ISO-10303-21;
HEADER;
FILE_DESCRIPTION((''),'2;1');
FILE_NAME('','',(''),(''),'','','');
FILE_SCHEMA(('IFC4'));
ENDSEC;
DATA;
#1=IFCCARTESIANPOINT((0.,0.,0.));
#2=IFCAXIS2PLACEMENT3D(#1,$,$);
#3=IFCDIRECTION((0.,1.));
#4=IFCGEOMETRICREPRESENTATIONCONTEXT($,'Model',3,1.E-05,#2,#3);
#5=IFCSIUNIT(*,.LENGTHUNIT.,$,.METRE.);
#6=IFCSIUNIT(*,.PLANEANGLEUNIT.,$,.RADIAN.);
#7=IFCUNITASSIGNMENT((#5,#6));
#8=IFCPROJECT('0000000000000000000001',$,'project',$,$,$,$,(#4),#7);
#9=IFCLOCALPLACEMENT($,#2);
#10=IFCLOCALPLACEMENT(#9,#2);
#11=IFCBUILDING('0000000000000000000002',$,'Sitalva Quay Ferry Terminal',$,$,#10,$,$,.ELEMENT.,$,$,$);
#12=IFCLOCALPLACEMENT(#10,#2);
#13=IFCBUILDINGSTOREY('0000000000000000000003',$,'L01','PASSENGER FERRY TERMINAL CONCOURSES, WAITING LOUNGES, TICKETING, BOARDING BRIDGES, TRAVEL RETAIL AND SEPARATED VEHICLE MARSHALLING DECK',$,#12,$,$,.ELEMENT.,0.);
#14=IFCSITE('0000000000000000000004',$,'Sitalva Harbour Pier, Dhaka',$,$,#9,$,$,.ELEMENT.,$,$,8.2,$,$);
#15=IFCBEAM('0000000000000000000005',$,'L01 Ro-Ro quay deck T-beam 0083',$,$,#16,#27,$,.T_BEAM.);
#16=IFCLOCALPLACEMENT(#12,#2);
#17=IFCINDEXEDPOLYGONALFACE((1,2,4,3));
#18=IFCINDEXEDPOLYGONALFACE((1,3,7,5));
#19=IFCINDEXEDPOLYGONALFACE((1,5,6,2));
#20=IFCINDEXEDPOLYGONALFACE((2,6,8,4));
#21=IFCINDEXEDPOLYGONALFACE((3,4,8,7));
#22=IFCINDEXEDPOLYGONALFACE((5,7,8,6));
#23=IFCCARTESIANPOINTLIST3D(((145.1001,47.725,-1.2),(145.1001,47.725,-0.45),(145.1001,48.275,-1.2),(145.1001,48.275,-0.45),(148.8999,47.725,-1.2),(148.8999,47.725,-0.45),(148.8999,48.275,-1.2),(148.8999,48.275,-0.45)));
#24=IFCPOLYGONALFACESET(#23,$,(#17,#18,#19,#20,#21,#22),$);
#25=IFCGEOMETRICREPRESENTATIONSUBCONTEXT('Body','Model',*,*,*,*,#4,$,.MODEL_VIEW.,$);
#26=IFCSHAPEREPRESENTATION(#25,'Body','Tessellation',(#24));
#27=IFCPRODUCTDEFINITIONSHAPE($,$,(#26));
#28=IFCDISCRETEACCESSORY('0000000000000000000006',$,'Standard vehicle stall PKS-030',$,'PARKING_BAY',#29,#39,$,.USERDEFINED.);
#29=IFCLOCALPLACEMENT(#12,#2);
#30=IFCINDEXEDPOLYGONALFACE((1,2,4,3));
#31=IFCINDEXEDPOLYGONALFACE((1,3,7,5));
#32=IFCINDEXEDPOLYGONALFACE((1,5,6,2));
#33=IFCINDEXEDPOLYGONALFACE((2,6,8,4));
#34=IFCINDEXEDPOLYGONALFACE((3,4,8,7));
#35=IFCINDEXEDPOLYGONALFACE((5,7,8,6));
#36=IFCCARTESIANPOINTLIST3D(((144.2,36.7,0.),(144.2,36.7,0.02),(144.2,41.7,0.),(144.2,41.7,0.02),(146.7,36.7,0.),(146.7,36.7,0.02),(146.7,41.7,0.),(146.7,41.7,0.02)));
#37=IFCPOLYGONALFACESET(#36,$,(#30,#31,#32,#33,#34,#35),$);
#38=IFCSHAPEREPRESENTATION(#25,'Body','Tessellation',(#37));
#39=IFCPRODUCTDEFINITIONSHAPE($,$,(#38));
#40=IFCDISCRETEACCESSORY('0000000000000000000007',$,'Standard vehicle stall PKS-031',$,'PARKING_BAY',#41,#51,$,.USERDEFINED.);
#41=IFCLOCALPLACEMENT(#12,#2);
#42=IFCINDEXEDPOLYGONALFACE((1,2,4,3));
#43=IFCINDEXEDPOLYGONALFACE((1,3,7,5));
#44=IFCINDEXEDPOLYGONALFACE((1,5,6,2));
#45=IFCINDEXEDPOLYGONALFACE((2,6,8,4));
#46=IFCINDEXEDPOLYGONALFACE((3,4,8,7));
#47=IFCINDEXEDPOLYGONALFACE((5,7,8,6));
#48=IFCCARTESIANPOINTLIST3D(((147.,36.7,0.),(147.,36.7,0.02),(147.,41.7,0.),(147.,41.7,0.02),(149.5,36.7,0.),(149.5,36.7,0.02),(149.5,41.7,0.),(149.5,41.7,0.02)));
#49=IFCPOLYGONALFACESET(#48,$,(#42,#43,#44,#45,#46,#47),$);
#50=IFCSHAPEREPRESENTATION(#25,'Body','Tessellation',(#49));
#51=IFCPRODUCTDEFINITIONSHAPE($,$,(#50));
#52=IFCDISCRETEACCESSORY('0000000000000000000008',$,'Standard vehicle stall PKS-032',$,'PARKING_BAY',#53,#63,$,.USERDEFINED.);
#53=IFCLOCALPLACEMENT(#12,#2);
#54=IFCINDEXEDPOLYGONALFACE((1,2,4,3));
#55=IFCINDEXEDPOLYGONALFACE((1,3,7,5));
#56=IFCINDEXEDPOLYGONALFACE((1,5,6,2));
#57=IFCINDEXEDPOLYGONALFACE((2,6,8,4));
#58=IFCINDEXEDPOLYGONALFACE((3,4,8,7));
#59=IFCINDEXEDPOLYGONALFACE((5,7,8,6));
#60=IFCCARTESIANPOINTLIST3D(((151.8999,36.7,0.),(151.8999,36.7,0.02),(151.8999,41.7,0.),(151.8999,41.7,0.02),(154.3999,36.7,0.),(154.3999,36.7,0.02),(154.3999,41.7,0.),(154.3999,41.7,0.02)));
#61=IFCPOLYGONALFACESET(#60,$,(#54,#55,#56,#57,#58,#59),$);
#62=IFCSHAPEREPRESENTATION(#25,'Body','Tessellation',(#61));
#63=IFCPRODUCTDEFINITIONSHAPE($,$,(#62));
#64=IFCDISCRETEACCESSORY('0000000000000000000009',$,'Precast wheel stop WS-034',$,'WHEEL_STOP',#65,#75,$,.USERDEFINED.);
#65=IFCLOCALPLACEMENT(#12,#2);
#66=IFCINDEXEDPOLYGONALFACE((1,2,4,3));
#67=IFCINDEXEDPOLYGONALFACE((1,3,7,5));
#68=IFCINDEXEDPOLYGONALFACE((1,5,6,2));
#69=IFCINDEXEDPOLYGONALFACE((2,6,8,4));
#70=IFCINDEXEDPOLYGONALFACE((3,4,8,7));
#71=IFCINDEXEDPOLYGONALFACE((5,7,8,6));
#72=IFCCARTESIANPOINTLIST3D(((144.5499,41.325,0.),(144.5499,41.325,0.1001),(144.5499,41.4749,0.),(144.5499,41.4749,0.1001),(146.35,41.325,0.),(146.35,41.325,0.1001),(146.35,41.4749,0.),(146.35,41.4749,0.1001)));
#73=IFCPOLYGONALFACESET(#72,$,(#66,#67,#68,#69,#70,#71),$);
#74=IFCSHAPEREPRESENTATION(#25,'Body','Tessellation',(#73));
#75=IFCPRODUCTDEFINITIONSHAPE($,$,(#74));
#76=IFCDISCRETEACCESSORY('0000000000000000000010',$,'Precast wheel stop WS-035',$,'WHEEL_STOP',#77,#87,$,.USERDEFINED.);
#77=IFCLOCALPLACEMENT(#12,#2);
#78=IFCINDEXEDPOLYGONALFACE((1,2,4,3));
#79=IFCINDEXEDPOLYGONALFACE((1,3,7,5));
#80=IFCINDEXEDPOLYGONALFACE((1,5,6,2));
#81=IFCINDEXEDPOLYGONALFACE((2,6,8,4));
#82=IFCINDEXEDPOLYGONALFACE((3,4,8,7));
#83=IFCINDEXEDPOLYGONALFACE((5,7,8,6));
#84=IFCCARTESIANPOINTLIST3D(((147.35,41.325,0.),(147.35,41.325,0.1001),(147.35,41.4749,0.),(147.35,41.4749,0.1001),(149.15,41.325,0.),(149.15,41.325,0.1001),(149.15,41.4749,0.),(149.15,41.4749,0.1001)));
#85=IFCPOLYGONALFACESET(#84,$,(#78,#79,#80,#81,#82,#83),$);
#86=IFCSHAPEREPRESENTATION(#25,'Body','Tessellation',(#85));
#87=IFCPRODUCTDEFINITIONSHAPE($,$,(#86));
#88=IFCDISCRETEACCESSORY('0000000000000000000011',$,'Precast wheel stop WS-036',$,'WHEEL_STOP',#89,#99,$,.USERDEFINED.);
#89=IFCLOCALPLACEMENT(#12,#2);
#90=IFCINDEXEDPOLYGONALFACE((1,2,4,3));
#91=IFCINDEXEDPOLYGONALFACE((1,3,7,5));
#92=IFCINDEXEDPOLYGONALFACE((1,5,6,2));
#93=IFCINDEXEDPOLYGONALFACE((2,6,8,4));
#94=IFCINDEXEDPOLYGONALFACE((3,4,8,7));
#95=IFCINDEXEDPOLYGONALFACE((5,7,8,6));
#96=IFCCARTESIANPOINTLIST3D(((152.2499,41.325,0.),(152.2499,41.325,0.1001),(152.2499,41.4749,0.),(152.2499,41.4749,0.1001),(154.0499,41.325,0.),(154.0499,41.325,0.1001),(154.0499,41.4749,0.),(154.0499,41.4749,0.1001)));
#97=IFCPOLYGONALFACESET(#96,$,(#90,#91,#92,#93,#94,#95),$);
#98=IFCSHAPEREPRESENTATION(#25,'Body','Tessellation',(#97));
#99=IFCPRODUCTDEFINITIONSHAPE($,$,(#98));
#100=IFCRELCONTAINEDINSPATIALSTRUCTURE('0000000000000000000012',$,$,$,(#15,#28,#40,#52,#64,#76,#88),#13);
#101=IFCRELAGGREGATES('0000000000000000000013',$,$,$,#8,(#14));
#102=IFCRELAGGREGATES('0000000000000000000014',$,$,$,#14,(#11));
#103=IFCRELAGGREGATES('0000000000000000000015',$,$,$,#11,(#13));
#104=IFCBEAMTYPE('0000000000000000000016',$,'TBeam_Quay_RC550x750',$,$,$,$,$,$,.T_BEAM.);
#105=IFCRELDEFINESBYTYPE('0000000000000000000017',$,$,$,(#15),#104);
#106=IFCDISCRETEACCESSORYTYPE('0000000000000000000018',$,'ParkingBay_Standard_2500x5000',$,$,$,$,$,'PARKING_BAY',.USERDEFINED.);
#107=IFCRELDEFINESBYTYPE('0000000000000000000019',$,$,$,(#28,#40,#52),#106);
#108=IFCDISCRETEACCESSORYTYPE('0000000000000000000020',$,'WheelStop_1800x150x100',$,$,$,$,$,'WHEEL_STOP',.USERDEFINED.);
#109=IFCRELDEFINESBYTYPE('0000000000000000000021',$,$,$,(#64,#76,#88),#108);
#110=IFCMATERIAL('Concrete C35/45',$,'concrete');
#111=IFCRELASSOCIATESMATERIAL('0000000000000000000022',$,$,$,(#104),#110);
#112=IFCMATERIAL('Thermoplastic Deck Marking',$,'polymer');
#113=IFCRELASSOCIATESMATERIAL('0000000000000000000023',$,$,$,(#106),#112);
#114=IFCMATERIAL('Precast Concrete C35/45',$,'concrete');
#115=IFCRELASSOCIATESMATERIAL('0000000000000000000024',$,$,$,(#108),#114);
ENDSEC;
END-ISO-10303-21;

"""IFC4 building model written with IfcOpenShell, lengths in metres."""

from ifc_helpers import new_model, si_unit, direction, frame, origin, origin_2d, place, context, subcontext, project, spatial, rectangle, extrude, material, material_profile, profile_set, type_object, element, save


model = new_model("IFC4")

# Units and contexts
model_context = context("Model", 3, precision=1e-05, world=origin(), true_north=direction((0.0, 1.0)))
body_context = subcontext(model_context, "Body", "Model", "MODEL_VIEW")
ifc_project = project(units=[si_unit("LENGTHUNIT", "METRE"), si_unit("PLANEANGLEUNIT", "RADIAN")], contexts=[model_context])

# Site, building, storey
site_placement = place(None, origin())
site = spatial("IfcSite", under=ifc_project, at=site_placement, Name="Sitalva Harbour Pier, Dhaka", CompositionType="ELEMENT", RefElevation=8.2)
building_placement = place(site_placement, origin())
building = spatial("IfcBuilding", under=site, at=building_placement, Name="Sitalva Quay Ferry Terminal", CompositionType="ELEMENT")
storey_placement = place(building_placement, origin())
storey = spatial("IfcBuildingStorey", under=building, at=storey_placement, Name="L01", Description="PASSENGER FERRY TERMINAL CONCOURSES, WAITING LOUNGES, TICKETING, BOARDING BRIDGES, TRAVEL RETAIL AND SEPARATED VEHICLE MARSHALLING DECK", CompositionType="ELEMENT", Elevation=0.0)

# Beam
ifc_material_1 = material(Name="Concrete C35/45", Category="concrete")
ifc_material_profile_1 = material_profile(ifc_material_1, rectangle(XDim=0.55, YDim=0.75, at=origin_2d()), Name="RC550x750")
ifc_profile_set_1 = profile_set([ifc_material_profile_1], Name="Concrete C35/45")
beam_type_1 = type_object("IfcBeamType", Name="TBeam_Quay_RC550x750", PredefinedType="T_BEAM", material=ifc_profile_set_1)
beam_1_placement = place(storey_placement, frame((145.1001, 48.0, -0.825), z_axis=(1.0, 0.0, 0.0), x_axis=(0.0, 1.0, 0.0)))
element("IfcBeam", 1, at=beam_1_placement, inside=storey, type_object=beam_type_1, Name="L01 Ro-Ro quay deck T-beam 0083", PredefinedType="T_BEAM", context=body_context, shape_type="SweptSolid", body=[
    extrude(rectangle(XDim=0.55, YDim=0.75, at=origin_2d()), origin(), (0.0, 0.0, 1.0), 3.7998),
])

# Discrete accessories
ifc_material_2 = material(Name="Thermoplastic Deck Marking", Category="polymer")
discrete_accessory_type_1 = type_object("IfcDiscreteAccessoryType", Name="ParkingBay_Standard_2500x5000", ElementType="PARKING_BAY", PredefinedType="USERDEFINED", material=ifc_material_2)
for number, where, z_axis, x_axis, name in (
    (2, (145.45, 39.2, 0.0), (0.0, 0.0, 1.0), (1.0, 0.0, 0.0), "Standard vehicle stall PKS-030"),
    (3, (148.25, 39.2, 0.0), (0.0, 0.0, 1.0), (1.0, 0.0, 0.0), "Standard vehicle stall PKS-031"),
    (4, (153.1499, 39.2, 0.0), (0.0, 0.0, 1.0), (1.0, 0.0, 0.0), "Standard vehicle stall PKS-032"),
):
    element("IfcDiscreteAccessory", number, at=place(storey_placement, frame(where, z_axis=z_axis, x_axis=x_axis)), inside=storey, type_object=discrete_accessory_type_1, Name=name, ObjectType="PARKING_BAY", PredefinedType="USERDEFINED", context=body_context, shape_type="SweptSolid", body=[
        extrude(rectangle(XDim=2.5, YDim=5.0, at=origin_2d()), origin(), (0.0, 0.0, 1.0), 0.02),
    ])
ifc_material_3 = material(Name="Precast Concrete C35/45", Category="concrete")
discrete_accessory_type_2 = type_object("IfcDiscreteAccessoryType", Name="WheelStop_1800x150x100", ElementType="WHEEL_STOP", PredefinedType="USERDEFINED", material=ifc_material_3)
for number, where, z_axis, x_axis, name in (
    (5, (145.45, 41.3999, 0.0), (0.0, 0.0, 1.0), (1.0, 0.0, 0.0), "Precast wheel stop WS-034"),
    (6, (148.25, 41.3999, 0.0), (0.0, 0.0, 1.0), (1.0, 0.0, 0.0), "Precast wheel stop WS-035"),
    (7, (153.1499, 41.3999, 0.0), (0.0, 0.0, 1.0), (1.0, 0.0, 0.0), "Precast wheel stop WS-036"),
):
    element("IfcDiscreteAccessory", number, at=place(storey_placement, frame(where, z_axis=z_axis, x_axis=x_axis)), inside=storey, type_object=discrete_accessory_type_2, Name=name, ObjectType="WHEEL_STOP", PredefinedType="USERDEFINED", context=body_context, shape_type="SweptSolid", body=[
        extrude(rectangle(XDim=1.8, YDim=0.1499, at=origin_2d()), origin(), (0.0, 0.0, 1.0), 0.1001),
    ])

save(model, "model.ifc")
